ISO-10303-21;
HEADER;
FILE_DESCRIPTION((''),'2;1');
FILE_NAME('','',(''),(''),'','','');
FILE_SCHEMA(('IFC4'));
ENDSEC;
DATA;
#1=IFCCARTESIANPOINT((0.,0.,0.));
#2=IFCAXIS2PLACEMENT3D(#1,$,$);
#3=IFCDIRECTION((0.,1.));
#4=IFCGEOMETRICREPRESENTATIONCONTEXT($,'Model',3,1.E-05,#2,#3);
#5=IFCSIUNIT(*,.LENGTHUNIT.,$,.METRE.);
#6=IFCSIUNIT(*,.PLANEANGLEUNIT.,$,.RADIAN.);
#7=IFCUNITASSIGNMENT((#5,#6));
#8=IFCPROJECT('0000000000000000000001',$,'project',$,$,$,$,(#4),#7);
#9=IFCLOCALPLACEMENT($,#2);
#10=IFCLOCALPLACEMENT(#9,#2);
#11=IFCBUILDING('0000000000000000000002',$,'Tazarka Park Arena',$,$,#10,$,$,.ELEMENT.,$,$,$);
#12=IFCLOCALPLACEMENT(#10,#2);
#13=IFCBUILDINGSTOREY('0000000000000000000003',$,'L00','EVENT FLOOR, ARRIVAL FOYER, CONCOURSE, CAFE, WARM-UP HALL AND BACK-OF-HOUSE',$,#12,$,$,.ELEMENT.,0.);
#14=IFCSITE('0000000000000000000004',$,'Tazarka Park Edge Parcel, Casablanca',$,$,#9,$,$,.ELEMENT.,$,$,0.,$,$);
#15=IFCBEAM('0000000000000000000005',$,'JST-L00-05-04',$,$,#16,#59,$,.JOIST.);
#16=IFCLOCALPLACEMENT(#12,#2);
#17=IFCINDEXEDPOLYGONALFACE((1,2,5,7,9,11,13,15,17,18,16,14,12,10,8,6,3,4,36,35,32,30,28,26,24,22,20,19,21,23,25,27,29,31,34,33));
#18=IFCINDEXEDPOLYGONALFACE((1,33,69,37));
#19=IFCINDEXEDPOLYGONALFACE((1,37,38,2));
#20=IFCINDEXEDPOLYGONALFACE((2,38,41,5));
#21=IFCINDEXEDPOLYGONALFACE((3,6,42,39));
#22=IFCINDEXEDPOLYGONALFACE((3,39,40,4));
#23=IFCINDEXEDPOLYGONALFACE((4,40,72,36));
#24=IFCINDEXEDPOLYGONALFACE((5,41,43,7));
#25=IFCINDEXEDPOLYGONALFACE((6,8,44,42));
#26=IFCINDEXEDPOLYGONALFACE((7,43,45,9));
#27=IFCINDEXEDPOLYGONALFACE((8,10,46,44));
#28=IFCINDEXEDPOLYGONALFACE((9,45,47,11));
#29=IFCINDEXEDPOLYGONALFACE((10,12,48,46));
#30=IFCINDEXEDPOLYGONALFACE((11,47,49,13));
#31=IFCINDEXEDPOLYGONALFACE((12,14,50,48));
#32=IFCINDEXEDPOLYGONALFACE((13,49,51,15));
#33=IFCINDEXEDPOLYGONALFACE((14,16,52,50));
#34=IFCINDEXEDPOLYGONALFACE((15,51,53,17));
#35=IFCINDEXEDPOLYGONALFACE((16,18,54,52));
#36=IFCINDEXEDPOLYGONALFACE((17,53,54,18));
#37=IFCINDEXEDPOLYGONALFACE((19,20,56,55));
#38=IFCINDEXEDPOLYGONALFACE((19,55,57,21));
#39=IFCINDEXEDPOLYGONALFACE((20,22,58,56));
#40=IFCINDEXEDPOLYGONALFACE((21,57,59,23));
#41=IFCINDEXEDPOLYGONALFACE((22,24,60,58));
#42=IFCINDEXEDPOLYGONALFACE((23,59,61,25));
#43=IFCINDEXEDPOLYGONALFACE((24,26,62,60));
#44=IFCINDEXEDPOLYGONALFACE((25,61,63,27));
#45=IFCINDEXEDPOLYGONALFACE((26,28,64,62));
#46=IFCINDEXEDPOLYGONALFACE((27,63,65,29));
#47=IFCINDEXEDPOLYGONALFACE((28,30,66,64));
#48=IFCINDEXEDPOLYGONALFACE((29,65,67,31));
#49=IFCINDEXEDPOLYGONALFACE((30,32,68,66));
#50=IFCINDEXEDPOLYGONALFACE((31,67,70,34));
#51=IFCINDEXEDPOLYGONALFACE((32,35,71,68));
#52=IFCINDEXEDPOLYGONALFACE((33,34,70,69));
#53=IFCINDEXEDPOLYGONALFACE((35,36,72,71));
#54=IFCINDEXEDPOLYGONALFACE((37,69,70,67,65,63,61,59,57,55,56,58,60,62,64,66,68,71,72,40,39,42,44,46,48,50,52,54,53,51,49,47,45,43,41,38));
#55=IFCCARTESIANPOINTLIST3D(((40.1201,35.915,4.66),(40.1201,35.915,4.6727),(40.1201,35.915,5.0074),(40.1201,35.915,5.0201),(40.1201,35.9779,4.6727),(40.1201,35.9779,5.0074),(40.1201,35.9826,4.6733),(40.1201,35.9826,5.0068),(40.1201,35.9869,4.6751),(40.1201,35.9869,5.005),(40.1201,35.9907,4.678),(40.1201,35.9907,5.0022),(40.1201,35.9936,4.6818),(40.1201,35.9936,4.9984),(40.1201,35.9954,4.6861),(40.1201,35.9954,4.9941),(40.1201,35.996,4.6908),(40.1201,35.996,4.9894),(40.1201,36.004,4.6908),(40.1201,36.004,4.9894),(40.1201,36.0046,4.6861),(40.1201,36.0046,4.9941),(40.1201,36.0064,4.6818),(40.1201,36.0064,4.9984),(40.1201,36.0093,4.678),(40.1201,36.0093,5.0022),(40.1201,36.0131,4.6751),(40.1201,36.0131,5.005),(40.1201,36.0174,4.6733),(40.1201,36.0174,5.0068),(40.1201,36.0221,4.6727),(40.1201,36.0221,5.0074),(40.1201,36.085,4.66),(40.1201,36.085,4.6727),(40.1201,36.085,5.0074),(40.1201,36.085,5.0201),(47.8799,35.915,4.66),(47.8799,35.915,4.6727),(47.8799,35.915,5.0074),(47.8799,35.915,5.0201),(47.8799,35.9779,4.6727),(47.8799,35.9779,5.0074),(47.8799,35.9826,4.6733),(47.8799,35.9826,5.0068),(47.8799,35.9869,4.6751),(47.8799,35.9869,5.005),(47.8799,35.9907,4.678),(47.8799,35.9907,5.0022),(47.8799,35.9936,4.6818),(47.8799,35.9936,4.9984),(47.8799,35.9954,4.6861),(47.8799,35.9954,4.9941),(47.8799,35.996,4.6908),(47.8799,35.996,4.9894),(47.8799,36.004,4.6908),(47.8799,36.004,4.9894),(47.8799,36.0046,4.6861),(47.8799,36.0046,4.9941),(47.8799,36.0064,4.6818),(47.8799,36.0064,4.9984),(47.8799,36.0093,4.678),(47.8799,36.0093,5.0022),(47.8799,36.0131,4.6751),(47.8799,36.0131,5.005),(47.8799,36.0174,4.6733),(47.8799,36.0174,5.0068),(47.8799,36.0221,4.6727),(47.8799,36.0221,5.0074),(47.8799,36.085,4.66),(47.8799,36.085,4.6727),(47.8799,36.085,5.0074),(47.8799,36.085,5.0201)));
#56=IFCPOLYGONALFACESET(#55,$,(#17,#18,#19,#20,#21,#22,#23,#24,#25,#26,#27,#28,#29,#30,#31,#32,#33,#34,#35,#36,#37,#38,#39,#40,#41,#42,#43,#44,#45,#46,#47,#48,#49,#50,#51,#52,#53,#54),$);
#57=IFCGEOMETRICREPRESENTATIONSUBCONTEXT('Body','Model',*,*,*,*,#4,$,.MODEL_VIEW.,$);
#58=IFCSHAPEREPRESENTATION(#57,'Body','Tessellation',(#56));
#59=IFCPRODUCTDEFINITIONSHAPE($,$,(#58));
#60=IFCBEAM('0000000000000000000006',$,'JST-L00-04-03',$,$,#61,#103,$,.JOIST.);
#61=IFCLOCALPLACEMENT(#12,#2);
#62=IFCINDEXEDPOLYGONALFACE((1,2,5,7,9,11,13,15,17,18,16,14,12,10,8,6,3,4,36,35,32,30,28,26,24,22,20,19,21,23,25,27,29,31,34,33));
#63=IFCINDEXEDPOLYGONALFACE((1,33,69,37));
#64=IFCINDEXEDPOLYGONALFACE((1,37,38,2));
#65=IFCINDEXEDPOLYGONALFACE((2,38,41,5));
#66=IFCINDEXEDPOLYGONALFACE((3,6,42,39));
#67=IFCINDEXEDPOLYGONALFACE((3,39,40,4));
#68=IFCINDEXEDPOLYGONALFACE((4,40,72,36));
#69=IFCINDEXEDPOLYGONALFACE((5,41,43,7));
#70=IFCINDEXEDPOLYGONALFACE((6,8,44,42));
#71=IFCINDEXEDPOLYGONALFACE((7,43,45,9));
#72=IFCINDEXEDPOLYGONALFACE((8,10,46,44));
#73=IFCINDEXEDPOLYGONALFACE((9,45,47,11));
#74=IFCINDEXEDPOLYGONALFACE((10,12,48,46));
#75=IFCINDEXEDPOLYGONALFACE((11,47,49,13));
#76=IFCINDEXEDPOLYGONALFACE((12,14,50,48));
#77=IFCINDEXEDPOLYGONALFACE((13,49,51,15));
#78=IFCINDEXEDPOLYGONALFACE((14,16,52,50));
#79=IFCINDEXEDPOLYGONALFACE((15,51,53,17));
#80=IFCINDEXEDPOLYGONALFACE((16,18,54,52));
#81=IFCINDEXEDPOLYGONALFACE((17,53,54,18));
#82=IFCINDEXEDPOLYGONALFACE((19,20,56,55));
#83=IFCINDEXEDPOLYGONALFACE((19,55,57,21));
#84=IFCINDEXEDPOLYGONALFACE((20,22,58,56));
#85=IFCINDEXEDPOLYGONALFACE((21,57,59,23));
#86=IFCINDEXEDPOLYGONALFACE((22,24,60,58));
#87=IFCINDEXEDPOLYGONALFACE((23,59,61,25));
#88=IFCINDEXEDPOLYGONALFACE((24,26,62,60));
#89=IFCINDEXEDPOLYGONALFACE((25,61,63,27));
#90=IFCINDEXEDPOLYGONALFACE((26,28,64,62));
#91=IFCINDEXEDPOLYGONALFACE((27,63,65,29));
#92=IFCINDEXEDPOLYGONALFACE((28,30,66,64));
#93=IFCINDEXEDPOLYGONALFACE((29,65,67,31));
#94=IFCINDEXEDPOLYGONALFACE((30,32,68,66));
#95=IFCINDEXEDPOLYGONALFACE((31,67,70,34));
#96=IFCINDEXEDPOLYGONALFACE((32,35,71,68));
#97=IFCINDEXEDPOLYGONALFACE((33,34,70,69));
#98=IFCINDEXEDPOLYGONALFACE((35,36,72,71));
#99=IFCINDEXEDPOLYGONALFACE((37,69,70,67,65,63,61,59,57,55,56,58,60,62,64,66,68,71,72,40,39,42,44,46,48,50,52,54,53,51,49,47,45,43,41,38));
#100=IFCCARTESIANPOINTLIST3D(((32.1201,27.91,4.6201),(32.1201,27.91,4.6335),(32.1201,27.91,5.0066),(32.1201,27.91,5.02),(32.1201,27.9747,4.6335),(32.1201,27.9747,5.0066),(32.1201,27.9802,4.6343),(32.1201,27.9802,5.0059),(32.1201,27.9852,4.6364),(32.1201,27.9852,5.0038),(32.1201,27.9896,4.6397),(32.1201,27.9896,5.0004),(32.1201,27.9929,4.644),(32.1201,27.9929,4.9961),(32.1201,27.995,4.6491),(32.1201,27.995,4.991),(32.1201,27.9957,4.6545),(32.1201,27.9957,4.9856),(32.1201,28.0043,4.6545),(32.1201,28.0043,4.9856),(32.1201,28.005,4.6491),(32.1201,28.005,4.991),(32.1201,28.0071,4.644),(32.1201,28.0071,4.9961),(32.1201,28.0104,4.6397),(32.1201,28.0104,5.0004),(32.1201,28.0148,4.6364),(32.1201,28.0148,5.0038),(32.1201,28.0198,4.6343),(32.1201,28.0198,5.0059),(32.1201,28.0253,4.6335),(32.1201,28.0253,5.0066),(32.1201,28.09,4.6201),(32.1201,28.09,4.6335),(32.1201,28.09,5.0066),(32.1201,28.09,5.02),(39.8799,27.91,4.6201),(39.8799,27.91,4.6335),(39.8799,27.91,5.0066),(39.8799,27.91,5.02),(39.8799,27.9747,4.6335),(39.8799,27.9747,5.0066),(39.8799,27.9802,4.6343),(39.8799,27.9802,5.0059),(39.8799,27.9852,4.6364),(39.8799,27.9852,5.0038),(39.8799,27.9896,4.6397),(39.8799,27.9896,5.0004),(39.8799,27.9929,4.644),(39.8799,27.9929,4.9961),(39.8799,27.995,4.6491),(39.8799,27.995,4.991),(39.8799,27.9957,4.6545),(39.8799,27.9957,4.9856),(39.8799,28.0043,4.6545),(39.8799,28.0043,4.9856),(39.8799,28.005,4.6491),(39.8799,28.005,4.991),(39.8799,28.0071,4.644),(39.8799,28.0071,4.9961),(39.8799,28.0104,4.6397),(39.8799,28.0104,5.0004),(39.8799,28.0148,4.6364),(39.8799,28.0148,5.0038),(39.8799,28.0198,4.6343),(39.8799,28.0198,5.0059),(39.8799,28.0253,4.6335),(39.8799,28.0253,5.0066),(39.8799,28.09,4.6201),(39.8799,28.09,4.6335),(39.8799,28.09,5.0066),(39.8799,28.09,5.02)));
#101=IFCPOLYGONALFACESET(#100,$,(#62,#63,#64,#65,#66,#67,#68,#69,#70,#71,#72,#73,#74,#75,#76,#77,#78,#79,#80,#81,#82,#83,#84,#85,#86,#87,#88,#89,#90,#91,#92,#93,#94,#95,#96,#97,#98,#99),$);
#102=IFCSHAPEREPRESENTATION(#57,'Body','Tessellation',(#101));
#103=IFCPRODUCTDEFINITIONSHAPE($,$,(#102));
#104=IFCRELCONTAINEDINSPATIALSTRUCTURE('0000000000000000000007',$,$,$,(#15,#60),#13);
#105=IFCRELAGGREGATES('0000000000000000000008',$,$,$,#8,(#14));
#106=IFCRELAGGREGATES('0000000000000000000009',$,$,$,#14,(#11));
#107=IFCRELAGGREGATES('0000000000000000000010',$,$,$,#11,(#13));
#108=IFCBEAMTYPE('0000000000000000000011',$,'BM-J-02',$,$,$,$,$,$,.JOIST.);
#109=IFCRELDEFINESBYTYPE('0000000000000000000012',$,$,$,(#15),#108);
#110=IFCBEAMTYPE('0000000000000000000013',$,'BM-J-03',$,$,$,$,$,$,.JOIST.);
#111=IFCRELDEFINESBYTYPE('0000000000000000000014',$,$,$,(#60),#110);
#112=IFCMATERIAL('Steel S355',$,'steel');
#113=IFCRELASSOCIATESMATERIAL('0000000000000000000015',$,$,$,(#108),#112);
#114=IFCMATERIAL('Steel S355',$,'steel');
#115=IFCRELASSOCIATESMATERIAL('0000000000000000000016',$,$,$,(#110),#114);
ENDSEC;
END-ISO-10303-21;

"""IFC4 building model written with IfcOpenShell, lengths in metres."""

from ifc_helpers import new_model, si_unit, direction, frame, origin, origin_2d, place, context, subcontext, project, spatial, i_section, extrude, material, material_profile, profile_set, type_object, element, save


model = new_model("IFC4")

# Units and contexts
model_context = context("Model", 3, precision=1e-05, world=origin(), true_north=direction((0.0, 1.0)))
body_context = subcontext(model_context, "Body", "Model", "MODEL_VIEW")
ifc_project = project(units=[si_unit("LENGTHUNIT", "METRE"), si_unit("PLANEANGLEUNIT", "RADIAN")], contexts=[model_context])

# Site, building, storey
site_placement = place(None, origin())
site = spatial("IfcSite", under=ifc_project, at=site_placement, Name="Tazarka Park Edge Parcel, Casablanca", CompositionType="ELEMENT", RefElevation=0.0)
building_placement = place(site_placement, origin())
building = spatial("IfcBuilding", under=site, at=building_placement, Name="Tazarka Park Arena", CompositionType="ELEMENT")
storey_placement = place(building_placement, origin())
storey = spatial("IfcBuildingStorey", under=building, at=storey_placement, Name="L00", Description="EVENT FLOOR, ARRIVAL FOYER, CONCOURSE, CAFE, WARM-UP HALL AND BACK-OF-HOUSE", CompositionType="ELEMENT", Elevation=0.0)

# Beams
ifc_material_1 = material(Name="Steel S355", Category="steel")
ifc_material_profile_1 = material_profile(ifc_material_1, i_section(OverallWidth=0.1699, OverallDepth=0.3601, WebThickness=0.0081, FlangeThickness=0.0127, FilletRadius=0.0181, at=origin_2d()), Name="Steel S355")
ifc_profile_set_1 = profile_set([ifc_material_profile_1], Name="Steel S355")
beam_type_1 = type_object("IfcBeamType", Name="BM-J-02", PredefinedType="JOIST", material=ifc_profile_set_1)
for number, where, z_axis, x_axis, name in (
    (1, (40.1201, 36.0, 4.8401), (1.0, 0.0, 0.0), (0.0, 1.0, 0.0), "JST-L00-05-04"),
):
    element("IfcBeam", number, at=place(storey_placement, frame(where, z_axis=z_axis, x_axis=x_axis)), inside=storey, type_object=beam_type_1, Name=name, PredefinedType="JOIST", context=body_context, shape_type="SweptSolid", body=[
        extrude(i_section(OverallWidth=0.1699, OverallDepth=0.3601, WebThickness=0.0081, FlangeThickness=0.0127, FilletRadius=0.0181, at=origin_2d()), origin(), (0.0, 0.0, 1.0), 7.7598),
    ])
ifc_material_2 = material(Name="Steel S355", Category="steel")
ifc_material_profile_2 = material_profile(ifc_material_2, i_section(OverallWidth=0.1799, OverallDepth=0.3999, WebThickness=0.0085, FlangeThickness=0.0134, FilletRadius=0.021, at=origin_2d()), Name="Steel S355")
ifc_profile_set_2 = profile_set([ifc_material_profile_2], Name="Steel S355")
beam_type_2 = type_object("IfcBeamType", Name="BM-J-03", PredefinedType="JOIST", material=ifc_profile_set_2)
beam_placement = place(storey_placement, frame((32.1201, 28.0, 4.8201), z_axis=(1.0, 0.0, 0.0), x_axis=(0.0, 1.0, 0.0)))
element("IfcBeam", 2, at=beam_placement, inside=storey, type_object=beam_type_2, Name="JST-L00-04-03", PredefinedType="JOIST", context=body_context, shape_type="SweptSolid", body=[
    extrude(i_section(OverallWidth=0.1799, OverallDepth=0.3999, WebThickness=0.0085, FlangeThickness=0.0134, FilletRadius=0.021, at=origin_2d()), origin(), (0.0, 0.0, 1.0), 7.7598),
])

save(model, "model.ifc")
